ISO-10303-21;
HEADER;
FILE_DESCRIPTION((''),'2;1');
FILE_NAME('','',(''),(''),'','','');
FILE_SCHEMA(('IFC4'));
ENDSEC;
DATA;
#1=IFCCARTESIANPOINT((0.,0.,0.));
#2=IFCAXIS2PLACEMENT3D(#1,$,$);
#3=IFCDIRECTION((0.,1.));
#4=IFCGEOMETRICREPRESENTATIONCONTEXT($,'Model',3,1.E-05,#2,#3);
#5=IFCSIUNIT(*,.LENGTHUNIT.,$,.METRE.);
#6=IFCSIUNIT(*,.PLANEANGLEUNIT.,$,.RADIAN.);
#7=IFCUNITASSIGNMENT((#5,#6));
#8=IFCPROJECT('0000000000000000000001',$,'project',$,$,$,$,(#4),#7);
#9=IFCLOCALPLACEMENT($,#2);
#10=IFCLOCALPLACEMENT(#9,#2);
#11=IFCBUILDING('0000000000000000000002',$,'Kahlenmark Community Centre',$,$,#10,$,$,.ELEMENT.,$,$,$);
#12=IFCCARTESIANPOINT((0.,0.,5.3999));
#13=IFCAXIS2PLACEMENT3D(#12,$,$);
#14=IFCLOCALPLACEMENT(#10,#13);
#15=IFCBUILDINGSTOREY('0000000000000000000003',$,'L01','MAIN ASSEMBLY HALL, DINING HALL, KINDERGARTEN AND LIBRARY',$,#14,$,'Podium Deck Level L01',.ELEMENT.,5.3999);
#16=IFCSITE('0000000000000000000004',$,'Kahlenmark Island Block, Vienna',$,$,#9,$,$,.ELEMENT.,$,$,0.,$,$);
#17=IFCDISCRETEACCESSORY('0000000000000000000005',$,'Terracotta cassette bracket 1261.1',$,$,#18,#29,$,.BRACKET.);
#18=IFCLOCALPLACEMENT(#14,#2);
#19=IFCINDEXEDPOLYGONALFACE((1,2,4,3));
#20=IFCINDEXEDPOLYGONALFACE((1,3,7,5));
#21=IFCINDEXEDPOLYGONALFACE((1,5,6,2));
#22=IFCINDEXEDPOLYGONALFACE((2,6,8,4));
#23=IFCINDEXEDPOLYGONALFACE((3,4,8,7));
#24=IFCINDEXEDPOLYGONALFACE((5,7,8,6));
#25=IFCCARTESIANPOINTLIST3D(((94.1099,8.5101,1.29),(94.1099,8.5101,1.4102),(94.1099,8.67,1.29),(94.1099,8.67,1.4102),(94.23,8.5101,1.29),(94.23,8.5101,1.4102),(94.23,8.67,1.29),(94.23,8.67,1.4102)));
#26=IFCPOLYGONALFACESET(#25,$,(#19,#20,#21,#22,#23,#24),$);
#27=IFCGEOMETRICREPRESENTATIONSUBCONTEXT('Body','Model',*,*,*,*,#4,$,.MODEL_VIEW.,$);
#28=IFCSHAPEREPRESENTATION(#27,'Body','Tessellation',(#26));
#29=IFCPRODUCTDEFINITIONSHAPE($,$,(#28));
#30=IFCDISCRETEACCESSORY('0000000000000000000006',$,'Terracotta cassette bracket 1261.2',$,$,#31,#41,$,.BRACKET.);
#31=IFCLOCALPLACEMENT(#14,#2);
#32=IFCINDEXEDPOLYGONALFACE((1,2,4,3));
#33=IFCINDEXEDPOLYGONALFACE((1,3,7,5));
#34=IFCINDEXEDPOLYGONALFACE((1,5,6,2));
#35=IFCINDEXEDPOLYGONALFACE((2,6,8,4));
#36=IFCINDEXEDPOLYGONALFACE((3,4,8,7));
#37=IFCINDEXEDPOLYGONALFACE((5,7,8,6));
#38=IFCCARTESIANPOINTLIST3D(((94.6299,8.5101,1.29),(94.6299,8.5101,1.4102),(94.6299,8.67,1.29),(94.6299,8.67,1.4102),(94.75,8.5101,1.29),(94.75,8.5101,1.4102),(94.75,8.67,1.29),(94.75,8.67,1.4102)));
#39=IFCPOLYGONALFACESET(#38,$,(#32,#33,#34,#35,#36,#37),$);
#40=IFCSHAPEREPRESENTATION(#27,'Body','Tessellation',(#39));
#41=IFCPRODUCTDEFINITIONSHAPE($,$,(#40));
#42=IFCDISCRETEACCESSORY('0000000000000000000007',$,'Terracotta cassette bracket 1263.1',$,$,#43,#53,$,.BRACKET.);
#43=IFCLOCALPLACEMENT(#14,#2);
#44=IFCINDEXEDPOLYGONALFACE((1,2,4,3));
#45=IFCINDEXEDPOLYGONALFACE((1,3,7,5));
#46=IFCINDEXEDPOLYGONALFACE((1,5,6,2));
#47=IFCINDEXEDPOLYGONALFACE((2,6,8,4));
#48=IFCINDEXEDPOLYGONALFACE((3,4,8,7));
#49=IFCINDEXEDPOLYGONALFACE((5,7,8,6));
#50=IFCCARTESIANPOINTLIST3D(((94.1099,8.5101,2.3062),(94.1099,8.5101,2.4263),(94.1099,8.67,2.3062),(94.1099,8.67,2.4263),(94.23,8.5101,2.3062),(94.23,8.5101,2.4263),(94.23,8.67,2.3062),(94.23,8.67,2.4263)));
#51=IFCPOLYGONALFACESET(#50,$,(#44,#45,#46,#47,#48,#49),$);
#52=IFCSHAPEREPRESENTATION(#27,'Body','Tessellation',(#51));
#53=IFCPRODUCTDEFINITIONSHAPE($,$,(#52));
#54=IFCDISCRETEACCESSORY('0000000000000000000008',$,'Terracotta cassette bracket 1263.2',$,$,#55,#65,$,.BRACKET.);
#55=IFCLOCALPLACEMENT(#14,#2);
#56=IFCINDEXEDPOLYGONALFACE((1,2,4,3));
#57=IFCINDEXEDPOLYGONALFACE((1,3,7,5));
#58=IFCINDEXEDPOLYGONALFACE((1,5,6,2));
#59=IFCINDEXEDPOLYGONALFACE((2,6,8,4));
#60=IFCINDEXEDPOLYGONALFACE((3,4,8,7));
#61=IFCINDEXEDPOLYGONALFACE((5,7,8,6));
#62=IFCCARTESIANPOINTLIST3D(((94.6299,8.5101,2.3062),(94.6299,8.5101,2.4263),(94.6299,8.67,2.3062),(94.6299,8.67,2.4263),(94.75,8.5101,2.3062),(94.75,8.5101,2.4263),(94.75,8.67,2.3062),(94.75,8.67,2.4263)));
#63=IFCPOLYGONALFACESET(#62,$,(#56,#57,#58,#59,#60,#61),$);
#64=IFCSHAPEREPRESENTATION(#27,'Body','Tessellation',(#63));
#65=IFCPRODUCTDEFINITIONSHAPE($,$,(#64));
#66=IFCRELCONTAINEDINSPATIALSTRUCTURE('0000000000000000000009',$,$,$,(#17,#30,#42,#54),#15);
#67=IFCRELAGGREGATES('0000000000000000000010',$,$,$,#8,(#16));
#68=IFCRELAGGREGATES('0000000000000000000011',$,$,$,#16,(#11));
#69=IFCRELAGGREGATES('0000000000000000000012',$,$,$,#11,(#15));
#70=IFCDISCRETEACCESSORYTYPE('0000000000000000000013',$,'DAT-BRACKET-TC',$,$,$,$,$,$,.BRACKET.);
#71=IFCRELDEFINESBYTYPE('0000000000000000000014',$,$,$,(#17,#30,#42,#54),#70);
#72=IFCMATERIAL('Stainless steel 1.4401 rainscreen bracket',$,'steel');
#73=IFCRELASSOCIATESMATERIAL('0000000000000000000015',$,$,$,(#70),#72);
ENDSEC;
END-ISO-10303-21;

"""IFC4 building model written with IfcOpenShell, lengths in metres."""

from ifc_helpers import new_model, si_unit, direction, frame, origin, origin_2d, place, context, subcontext, project, spatial, rectangle, extrude, material, type_object, element, save


model = new_model("IFC4")

# Units and contexts
model_context = context("Model", 3, precision=1e-05, world=origin(), true_north=direction((0.0, 1.0)))
body_context = subcontext(model_context, "Body", "Model", "MODEL_VIEW")
ifc_project = project(units=[si_unit("LENGTHUNIT", "METRE"), si_unit("PLANEANGLEUNIT", "RADIAN")], contexts=[model_context])

# Site, building, storey
site_placement = place(None, origin())
site = spatial("IfcSite", under=ifc_project, at=site_placement, Name="Kahlenmark Island Block, Vienna", CompositionType="ELEMENT", RefElevation=0.0)
building_placement = place(site_placement, origin())
building = spatial("IfcBuilding", under=site, at=building_placement, Name="Kahlenmark Community Centre", CompositionType="ELEMENT")
storey_placement = place(building_placement, frame((0.0, 0.0, 5.3999)))
storey = spatial("IfcBuildingStorey", under=building, at=storey_placement, Name="L01", Description="MAIN ASSEMBLY HALL, DINING HALL, KINDERGARTEN AND LIBRARY", LongName="Podium Deck Level L01", CompositionType="ELEMENT", Elevation=5.3999)

# Discrete accessories
ifc_material_1 = material(Name="Stainless steel 1.4401 rainscreen bracket", Category="steel")
discrete_accessory_type = type_object("IfcDiscreteAccessoryType", Name="DAT-BRACKET-TC", PredefinedType="BRACKET", material=ifc_material_1)
for number, where, z_axis, x_axis, name in (
    (1, (94.1699, 8.5901, 1.29), (0.0, 0.0, 1.0), (1.0, 0.0, 0.0), "Terracotta cassette bracket 1261.1"),
    (2, (94.6899, 8.5901, 1.29), (0.0, 0.0, 1.0), (1.0, 0.0, 0.0), "Terracotta cassette bracket 1261.2"),
    (3, (94.1699, 8.5901, 2.3062), (0.0, 0.0, 1.0), (1.0, 0.0, 0.0), "Terracotta cassette bracket 1263.1"),
    (4, (94.6899, 8.5901, 2.3062), (0.0, 0.0, 1.0), (1.0, 0.0, 0.0), "Terracotta cassette bracket 1263.2"),
):
    element("IfcDiscreteAccessory", number, at=place(storey_placement, frame(where, z_axis=z_axis, x_axis=x_axis)), inside=storey, type_object=discrete_accessory_type, Name=name, PredefinedType="BRACKET", context=body_context, shape_type="SweptSolid", body=[
        extrude(rectangle(XDim=0.1201, YDim=0.1599, at=origin_2d()), origin(), (0.0, 0.0, 1.0), 0.1201),
    ])

save(model, "model.ifc")
